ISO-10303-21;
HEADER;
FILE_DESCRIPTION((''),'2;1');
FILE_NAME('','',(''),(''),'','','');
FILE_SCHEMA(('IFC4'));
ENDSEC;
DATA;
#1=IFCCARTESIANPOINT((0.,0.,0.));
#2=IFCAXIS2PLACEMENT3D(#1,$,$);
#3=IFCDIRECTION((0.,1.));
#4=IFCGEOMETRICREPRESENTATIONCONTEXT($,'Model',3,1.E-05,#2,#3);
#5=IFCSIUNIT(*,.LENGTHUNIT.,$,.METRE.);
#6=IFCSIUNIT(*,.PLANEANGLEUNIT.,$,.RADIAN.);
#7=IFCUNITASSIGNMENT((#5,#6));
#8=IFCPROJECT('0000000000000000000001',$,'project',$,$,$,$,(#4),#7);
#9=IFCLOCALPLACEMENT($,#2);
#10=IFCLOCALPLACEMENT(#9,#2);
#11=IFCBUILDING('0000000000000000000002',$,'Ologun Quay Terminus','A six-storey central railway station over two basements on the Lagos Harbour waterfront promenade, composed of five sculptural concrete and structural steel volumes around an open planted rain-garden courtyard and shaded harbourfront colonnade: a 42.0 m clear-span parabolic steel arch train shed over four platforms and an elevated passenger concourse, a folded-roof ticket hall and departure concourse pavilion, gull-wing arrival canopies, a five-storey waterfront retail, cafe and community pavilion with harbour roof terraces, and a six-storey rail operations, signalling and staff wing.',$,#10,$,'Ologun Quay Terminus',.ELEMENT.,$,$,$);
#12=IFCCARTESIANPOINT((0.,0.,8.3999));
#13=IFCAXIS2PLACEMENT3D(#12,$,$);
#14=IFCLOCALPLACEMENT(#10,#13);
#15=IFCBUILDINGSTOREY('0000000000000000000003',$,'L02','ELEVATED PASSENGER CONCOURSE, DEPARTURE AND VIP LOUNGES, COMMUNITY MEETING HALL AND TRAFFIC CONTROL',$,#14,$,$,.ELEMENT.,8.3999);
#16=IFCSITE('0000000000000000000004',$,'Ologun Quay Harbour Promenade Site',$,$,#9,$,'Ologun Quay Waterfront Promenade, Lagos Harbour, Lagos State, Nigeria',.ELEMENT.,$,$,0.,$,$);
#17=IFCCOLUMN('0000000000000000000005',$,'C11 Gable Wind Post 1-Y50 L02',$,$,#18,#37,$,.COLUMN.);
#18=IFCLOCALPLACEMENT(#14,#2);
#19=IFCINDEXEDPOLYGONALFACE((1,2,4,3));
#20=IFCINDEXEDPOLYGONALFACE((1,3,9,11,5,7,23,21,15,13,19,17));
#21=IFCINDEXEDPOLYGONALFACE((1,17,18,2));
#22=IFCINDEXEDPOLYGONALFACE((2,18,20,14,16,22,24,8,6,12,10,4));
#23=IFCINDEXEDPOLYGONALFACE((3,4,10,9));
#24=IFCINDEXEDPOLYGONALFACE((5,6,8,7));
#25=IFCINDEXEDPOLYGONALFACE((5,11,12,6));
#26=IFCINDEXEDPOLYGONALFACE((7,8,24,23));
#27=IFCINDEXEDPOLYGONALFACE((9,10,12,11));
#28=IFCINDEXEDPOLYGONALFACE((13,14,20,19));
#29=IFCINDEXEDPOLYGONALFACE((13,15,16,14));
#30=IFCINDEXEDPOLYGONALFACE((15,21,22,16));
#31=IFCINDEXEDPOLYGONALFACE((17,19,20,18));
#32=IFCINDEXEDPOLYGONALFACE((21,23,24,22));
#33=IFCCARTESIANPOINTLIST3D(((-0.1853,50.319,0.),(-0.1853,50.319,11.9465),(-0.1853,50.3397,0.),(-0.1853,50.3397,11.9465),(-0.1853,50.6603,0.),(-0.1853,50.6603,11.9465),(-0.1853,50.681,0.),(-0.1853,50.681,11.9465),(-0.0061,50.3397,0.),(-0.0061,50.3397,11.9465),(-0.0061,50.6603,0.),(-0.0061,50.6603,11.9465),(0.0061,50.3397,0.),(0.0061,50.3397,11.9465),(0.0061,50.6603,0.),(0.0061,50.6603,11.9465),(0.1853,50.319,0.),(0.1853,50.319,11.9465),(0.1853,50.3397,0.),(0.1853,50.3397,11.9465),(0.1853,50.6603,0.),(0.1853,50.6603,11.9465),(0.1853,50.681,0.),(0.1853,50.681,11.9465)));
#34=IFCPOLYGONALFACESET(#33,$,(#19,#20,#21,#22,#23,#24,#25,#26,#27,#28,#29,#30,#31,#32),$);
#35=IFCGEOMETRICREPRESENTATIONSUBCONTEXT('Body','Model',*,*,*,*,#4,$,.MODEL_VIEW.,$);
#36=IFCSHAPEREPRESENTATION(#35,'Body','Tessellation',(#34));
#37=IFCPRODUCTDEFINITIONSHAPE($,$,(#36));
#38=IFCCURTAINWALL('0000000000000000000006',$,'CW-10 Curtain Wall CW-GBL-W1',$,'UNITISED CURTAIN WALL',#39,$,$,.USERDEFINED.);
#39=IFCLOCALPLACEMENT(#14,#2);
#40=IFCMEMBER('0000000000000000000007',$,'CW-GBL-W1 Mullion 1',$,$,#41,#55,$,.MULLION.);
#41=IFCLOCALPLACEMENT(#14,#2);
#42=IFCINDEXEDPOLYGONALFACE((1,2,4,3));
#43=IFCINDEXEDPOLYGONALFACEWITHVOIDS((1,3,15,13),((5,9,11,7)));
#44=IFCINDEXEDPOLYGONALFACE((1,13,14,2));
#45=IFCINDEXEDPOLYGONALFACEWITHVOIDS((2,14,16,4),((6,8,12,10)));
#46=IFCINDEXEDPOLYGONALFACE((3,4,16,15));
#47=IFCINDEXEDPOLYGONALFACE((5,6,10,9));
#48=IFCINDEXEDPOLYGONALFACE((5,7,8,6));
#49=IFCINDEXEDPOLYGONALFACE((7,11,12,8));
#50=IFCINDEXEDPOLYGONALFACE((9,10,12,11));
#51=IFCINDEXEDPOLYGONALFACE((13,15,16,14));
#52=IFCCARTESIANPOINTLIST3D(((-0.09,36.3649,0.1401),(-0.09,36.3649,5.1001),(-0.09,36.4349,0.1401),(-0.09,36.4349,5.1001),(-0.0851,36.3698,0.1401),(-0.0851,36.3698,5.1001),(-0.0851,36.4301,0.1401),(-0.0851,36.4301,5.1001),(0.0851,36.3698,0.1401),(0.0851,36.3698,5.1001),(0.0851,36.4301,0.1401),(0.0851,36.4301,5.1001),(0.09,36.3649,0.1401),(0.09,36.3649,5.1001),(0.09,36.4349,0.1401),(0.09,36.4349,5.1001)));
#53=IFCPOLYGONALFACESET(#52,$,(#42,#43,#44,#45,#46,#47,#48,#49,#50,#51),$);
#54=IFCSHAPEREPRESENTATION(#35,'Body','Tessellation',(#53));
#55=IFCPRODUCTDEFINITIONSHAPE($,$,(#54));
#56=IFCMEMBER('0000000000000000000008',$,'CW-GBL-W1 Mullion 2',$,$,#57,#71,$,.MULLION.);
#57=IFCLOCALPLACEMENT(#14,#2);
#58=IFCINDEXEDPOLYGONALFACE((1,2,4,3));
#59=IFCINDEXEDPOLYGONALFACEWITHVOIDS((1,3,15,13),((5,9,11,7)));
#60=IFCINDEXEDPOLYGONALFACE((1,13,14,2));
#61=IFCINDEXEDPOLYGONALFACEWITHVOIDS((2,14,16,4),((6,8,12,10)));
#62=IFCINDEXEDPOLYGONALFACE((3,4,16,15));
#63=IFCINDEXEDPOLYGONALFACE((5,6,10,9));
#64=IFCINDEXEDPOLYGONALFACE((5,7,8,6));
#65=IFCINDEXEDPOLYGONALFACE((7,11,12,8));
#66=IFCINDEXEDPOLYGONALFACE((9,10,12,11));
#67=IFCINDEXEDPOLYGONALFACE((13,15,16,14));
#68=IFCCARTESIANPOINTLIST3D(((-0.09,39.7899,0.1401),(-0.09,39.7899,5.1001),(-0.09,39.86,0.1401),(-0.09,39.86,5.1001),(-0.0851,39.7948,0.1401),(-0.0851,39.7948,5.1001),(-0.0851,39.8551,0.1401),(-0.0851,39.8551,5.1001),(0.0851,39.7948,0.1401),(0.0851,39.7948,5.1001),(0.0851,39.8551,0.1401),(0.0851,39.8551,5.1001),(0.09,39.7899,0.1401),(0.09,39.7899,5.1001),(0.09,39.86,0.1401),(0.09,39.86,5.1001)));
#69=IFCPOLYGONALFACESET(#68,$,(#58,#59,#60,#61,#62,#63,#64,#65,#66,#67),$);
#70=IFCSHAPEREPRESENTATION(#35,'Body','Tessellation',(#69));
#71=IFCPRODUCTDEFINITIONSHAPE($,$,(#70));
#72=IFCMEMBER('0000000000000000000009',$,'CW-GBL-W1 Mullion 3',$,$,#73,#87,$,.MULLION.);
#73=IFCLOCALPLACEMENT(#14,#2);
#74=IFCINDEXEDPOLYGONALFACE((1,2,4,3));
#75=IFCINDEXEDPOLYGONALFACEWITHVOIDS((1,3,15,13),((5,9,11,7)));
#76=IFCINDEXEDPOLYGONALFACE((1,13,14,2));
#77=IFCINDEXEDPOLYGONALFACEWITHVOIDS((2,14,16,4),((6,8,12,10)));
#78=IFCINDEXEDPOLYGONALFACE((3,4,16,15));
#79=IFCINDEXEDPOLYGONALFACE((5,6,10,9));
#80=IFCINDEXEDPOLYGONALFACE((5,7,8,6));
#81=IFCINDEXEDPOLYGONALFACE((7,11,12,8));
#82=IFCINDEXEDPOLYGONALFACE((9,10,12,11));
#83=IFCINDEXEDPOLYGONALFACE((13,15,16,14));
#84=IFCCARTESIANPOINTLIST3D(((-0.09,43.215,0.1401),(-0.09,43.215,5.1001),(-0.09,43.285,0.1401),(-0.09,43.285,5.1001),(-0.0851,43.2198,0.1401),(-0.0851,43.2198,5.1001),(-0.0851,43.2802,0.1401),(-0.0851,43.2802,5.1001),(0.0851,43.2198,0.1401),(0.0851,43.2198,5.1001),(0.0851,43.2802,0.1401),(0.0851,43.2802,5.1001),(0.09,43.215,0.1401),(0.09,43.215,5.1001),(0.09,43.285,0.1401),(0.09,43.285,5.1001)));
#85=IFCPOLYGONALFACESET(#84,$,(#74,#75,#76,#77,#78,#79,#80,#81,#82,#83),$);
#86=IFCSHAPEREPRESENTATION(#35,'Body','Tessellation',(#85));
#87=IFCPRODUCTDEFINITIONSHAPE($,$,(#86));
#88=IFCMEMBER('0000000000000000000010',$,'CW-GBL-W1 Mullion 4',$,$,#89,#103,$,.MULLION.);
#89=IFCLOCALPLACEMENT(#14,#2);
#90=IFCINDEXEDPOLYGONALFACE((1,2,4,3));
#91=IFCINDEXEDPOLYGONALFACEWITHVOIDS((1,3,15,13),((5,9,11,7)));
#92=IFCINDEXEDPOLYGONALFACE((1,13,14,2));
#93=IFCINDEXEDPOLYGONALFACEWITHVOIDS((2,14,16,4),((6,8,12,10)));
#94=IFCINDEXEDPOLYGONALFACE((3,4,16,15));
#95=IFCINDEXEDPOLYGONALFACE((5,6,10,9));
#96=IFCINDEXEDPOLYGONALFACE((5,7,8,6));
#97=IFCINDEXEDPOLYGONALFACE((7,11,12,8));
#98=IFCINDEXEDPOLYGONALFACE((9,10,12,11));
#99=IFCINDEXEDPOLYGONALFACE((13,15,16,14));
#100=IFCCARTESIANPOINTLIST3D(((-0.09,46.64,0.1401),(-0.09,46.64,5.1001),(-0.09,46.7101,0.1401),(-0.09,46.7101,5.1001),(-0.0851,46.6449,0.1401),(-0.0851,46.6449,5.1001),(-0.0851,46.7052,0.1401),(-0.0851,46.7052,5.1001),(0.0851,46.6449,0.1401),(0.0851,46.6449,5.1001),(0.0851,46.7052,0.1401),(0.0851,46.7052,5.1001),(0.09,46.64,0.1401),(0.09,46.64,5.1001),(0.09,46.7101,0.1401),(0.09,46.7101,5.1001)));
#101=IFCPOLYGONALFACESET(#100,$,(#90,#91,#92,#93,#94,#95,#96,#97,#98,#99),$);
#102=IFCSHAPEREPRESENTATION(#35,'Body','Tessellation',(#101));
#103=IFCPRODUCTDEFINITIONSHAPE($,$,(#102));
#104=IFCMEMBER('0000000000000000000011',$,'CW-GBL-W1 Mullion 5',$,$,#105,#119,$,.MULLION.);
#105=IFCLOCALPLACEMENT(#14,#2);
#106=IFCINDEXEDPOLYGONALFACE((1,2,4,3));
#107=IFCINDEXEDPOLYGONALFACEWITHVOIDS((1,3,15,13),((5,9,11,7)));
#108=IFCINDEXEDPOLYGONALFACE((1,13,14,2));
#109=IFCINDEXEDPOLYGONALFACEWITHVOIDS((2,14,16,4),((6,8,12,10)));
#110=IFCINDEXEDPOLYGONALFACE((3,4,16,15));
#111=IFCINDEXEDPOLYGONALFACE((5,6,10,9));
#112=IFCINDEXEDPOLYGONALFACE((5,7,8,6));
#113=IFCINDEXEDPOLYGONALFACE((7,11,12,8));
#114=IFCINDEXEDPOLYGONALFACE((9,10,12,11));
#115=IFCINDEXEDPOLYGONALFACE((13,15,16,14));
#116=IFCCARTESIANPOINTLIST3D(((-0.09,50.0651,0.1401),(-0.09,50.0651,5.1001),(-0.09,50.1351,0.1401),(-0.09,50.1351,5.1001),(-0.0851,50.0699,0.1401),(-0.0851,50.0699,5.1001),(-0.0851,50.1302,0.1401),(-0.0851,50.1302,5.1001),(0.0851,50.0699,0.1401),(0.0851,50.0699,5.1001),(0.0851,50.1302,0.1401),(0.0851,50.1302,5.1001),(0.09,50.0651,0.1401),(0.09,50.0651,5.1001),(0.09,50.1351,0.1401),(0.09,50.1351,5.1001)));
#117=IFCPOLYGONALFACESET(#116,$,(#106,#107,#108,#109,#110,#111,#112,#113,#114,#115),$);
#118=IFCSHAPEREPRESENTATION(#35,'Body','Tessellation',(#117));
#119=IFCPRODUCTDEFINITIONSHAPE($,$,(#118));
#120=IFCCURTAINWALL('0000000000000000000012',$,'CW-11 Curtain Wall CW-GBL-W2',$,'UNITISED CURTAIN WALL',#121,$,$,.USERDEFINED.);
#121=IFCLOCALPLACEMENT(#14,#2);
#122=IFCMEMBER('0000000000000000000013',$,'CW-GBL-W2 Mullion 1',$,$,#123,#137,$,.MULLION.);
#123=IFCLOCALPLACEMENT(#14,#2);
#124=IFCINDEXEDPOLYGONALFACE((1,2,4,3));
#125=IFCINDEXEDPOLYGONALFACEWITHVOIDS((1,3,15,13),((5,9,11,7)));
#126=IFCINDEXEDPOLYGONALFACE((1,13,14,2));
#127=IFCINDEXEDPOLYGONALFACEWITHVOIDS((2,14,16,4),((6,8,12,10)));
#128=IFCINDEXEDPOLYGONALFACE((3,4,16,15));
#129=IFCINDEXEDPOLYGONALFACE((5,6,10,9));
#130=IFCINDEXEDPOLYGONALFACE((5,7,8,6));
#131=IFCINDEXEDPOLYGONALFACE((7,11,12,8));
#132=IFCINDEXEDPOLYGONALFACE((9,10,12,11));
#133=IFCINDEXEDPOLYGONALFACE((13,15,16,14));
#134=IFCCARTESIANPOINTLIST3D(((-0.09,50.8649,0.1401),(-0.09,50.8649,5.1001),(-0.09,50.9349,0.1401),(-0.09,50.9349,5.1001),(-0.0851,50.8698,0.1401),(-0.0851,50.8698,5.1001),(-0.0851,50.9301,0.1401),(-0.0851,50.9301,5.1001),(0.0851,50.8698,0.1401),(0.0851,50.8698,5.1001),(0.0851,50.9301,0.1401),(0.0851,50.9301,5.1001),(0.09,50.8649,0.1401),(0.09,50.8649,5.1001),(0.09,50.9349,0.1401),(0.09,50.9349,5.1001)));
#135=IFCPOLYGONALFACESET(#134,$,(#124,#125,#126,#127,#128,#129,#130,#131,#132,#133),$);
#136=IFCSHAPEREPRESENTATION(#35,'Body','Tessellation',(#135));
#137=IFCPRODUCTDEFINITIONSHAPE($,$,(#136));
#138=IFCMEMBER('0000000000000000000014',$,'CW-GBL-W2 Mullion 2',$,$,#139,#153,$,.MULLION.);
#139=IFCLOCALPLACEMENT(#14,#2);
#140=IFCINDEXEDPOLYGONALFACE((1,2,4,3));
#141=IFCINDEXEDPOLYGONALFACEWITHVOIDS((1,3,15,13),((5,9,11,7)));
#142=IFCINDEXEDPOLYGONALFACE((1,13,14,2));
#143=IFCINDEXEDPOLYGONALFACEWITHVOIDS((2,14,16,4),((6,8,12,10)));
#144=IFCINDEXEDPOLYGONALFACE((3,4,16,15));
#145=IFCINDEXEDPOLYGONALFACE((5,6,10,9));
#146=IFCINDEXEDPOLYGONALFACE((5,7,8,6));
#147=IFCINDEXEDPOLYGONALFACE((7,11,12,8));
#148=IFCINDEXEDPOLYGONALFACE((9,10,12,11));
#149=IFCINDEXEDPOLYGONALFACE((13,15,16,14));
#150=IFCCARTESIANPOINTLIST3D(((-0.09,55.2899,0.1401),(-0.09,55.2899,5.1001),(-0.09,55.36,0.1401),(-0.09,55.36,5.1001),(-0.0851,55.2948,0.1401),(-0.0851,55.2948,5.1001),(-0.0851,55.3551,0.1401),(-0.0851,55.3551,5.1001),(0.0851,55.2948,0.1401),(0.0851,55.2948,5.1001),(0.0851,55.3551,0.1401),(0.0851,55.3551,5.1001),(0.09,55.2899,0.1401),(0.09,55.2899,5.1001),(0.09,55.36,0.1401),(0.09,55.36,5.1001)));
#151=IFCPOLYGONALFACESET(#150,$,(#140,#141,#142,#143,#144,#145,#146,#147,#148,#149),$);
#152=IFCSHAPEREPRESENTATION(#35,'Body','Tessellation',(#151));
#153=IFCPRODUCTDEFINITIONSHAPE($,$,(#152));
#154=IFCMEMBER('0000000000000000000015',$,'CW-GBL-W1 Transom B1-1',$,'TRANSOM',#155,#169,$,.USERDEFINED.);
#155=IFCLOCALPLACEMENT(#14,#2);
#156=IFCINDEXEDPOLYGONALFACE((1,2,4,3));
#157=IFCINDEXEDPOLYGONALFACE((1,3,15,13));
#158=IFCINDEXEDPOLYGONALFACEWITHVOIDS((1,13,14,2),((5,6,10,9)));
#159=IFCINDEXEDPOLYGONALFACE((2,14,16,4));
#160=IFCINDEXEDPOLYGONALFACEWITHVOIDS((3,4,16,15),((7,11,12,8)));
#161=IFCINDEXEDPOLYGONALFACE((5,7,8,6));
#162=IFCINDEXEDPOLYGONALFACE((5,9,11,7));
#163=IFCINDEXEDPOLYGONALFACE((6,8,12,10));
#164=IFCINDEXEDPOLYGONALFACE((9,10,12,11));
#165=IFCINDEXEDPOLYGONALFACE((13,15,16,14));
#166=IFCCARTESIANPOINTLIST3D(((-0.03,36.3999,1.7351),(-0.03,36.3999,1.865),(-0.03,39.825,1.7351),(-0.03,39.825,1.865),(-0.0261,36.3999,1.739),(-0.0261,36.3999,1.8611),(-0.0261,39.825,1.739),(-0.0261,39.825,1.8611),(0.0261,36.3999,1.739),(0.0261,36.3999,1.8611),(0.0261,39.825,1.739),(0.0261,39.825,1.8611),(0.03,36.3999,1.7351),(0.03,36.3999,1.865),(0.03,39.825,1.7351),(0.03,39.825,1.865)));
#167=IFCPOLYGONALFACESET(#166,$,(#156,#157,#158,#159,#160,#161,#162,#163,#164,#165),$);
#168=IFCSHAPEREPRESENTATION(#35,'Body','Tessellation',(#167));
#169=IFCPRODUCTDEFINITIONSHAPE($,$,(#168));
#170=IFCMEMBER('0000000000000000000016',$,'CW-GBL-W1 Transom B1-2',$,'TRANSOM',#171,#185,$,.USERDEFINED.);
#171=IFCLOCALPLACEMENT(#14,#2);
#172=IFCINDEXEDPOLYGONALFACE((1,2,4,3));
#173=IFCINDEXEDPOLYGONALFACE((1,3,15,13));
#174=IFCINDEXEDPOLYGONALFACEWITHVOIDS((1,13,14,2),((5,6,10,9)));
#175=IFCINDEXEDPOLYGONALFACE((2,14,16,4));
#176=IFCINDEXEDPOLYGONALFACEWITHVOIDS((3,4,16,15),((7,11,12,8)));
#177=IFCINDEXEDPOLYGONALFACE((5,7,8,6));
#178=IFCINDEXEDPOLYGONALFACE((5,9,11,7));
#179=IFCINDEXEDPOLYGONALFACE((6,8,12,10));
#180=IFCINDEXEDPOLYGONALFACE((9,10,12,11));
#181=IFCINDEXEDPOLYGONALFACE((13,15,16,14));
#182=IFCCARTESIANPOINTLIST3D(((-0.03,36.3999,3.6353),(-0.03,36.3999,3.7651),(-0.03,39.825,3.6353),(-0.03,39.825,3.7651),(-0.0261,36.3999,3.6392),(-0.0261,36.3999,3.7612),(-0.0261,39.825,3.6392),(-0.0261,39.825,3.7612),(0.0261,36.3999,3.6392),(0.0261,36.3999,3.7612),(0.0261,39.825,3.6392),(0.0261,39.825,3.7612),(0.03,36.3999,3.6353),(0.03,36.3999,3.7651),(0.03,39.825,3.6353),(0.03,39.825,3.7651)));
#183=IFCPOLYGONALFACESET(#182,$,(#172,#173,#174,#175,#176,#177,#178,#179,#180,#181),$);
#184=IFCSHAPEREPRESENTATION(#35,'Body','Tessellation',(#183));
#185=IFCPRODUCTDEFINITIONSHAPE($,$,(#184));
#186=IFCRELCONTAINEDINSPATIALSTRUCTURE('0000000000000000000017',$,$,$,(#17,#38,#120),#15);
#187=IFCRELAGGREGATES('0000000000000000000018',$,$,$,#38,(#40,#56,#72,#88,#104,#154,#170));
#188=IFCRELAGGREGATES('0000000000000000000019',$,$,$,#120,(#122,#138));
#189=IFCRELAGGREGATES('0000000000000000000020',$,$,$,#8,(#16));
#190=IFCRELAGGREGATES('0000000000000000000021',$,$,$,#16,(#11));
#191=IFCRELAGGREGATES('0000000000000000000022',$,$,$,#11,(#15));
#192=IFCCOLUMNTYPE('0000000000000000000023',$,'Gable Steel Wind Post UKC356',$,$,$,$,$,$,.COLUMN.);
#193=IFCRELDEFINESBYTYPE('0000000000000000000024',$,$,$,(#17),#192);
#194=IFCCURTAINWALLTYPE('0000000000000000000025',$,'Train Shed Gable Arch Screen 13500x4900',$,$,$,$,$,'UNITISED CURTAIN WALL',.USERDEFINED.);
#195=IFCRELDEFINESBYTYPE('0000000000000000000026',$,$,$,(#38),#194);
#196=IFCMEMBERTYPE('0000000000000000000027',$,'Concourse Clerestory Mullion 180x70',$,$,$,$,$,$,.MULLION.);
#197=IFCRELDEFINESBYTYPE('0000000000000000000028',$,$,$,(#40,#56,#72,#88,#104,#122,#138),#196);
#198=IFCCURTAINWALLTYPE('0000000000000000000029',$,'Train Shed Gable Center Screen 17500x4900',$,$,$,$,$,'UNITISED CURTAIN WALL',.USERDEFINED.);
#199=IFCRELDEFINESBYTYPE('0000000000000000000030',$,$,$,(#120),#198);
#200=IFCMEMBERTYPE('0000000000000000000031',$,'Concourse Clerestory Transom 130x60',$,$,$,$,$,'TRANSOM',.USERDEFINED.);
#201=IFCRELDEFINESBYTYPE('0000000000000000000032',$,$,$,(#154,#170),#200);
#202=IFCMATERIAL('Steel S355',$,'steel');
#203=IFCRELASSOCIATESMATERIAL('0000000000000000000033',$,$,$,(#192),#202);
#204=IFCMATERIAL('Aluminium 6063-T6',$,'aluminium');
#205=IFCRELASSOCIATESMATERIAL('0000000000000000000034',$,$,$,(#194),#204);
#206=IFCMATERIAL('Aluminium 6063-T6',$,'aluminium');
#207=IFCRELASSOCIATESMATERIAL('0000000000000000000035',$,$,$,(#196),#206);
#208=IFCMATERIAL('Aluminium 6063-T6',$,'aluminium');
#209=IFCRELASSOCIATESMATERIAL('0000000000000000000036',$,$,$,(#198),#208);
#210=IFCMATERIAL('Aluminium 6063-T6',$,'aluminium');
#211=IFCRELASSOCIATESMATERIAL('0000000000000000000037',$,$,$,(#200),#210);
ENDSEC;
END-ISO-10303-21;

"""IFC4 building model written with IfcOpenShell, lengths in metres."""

from ifc_helpers import new_model, si_unit, direction, frame, origin, origin_2d, place, context, subcontext, project, spatial, hollow_rectangle, i_section, extrude, material, material_profile, profile_set, type_object, element, aggregate, save


model = new_model("IFC4")

# Units and contexts
model_context = context("Model", 3, precision=1e-05, world=origin(), true_north=direction((0.0, 1.0)))
body_context = subcontext(model_context, "Body", "Model", "MODEL_VIEW")
ifc_project = project(units=[si_unit("LENGTHUNIT", "METRE"), si_unit("PLANEANGLEUNIT", "RADIAN")], contexts=[model_context])

# Site, building, storey
site_placement = place(None, origin())
site = spatial("IfcSite", under=ifc_project, at=site_placement, Name="Ologun Quay Harbour Promenade Site", LongName="Ologun Quay Waterfront Promenade, Lagos Harbour, Lagos State, Nigeria", CompositionType="ELEMENT", RefElevation=0.0)
building_placement = place(site_placement, origin())
building = spatial("IfcBuilding", under=site, at=building_placement, Name="Ologun Quay Terminus", Description="A six-storey central railway station over two basements on the Lagos Harbour waterfront promenade, composed of five sculptural concrete and structural steel volumes around an open planted rain-garden courtyard and shaded harbourfront colonnade: a 42.0 m clear-span parabolic steel arch train shed over four platforms and an elevated passenger concourse, a folded-roof ticket hall and departure concourse pavilion, gull-wing arrival canopies, a five-storey waterfront retail, cafe and community pavilion with harbour roof terraces, and a six-storey rail operations, signalling and staff wing.", LongName="Ologun Quay Terminus", CompositionType="ELEMENT")
storey_placement = place(building_placement, frame((0.0, 0.0, 8.3999)))
storey = spatial("IfcBuildingStorey", under=building, at=storey_placement, Name="L02", Description="ELEVATED PASSENGER CONCOURSE, DEPARTURE AND VIP LOUNGES, COMMUNITY MEETING HALL AND TRAFFIC CONTROL", CompositionType="ELEMENT", Elevation=8.3999)

# Column
ifc_material_1 = material(Name="Steel S355", Category="steel")
ifc_material_profile_1 = material_profile(ifc_material_1, i_section(OverallWidth=0.3706, OverallDepth=0.3621, WebThickness=0.0122, FlangeThickness=0.0208, at=origin_2d()), Name="UKC 356x368x153")
ifc_profile_set_1 = profile_set([ifc_material_profile_1], Name="Steel S355")
column_type = type_object("IfcColumnType", Name="Gable Steel Wind Post UKC356", PredefinedType="COLUMN", material=ifc_profile_set_1)
column_placement = place(storey_placement, frame((0.0, 50.5, 0.0), z_axis=(0.0, 0.0, 1.0), x_axis=(1.0, 0.0, 0.0)))
element("IfcColumn", 1, at=column_placement, inside=storey, type_object=column_type, Name="C11 Gable Wind Post 1-Y50 L02", PredefinedType="COLUMN", context=body_context, shape_type="SweptSolid", body=[
    extrude(i_section(OverallWidth=0.3706, OverallDepth=0.3621, WebThickness=0.0122, FlangeThickness=0.0208, at=origin_2d()), origin(), (0.0, 0.0, 1.0), 11.9465),
])

# Curtain walls, members
ifc_material_2 = material(Name="Aluminium 6063-T6", Category="aluminium")
curtain_wall_type_1 = type_object("IfcCurtainWallType", Name="Train Shed Gable Arch Screen 13500x4900", ElementType="UNITISED CURTAIN WALL", PredefinedType="USERDEFINED", material=ifc_material_2)
curtain_wall_1_placement = place(storey_placement, origin())
curtain_wall_1 = element("IfcCurtainWall", 2, at=curtain_wall_1_placement, inside=storey, type_object=curtain_wall_type_1, Name="CW-10 Curtain Wall CW-GBL-W1", ObjectType="UNITISED CURTAIN WALL", PredefinedType="USERDEFINED")
ifc_material_3 = material(Name="Aluminium 6063-T6", Category="aluminium")
ifc_material_profile_2 = material_profile(ifc_material_3, hollow_rectangle(XDim=0.0701, YDim=0.1799, WallThickness=0.0049, at=origin_2d()), Name="ALU 180x70x5")
ifc_profile_set_2 = profile_set([ifc_material_profile_2], Name="Aluminium 6063-T6")
member_type_1 = type_object("IfcMemberType", Name="Concourse Clerestory Mullion 180x70", PredefinedType="MULLION", material=ifc_profile_set_2)
member_1_placement = place(storey_placement, frame((0.0, 36.3999, 0.1401), z_axis=(0.0, 0.0, 1.0), x_axis=(0.0, 1.0, 0.0)))
member_1 = element("IfcMember", 3, at=member_1_placement, type_object=member_type_1, Name="CW-GBL-W1 Mullion 1", PredefinedType="MULLION", context=body_context, shape_type="SweptSolid", body=[
    extrude(hollow_rectangle(XDim=0.0701, YDim=0.1799, WallThickness=0.0049, at=origin_2d()), origin(), (0.0, 0.0, 1.0), 4.96),
])
member_2_placement = place(storey_placement, frame((0.0, 39.825, 0.1401), z_axis=(0.0, 0.0, 1.0), x_axis=(0.0, 1.0, 0.0)))
member_2 = element("IfcMember", 4, at=member_2_placement, type_object=member_type_1, Name="CW-GBL-W1 Mullion 2", PredefinedType="MULLION", context=body_context, shape_type="SweptSolid", body=[
    extrude(hollow_rectangle(XDim=0.0701, YDim=0.1799, WallThickness=0.0049, at=origin_2d()), origin(), (0.0, 0.0, 1.0), 4.96),
])
member_3_placement = place(storey_placement, frame((0.0, 43.25, 0.1401), z_axis=(0.0, 0.0, 1.0), x_axis=(0.0, 1.0, 0.0)))
member_3 = element("IfcMember", 5, at=member_3_placement, type_object=member_type_1, Name="CW-GBL-W1 Mullion 3", PredefinedType="MULLION", context=body_context, shape_type="SweptSolid", body=[
    extrude(hollow_rectangle(XDim=0.0701, YDim=0.1799, WallThickness=0.0049, at=origin_2d()), origin(), (0.0, 0.0, 1.0), 4.96),
])
member_4_placement = place(storey_placement, frame((0.0, 46.675, 0.1401), z_axis=(0.0, 0.0, 1.0), x_axis=(0.0, 1.0, 0.0)))
member_4 = element("IfcMember", 6, at=member_4_placement, type_object=member_type_1, Name="CW-GBL-W1 Mullion 4", PredefinedType="MULLION", context=body_context, shape_type="SweptSolid", body=[
    extrude(hollow_rectangle(XDim=0.0701, YDim=0.1799, WallThickness=0.0049, at=origin_2d()), origin(), (0.0, 0.0, 1.0), 4.96),
])
member_5_placement = place(storey_placement, frame((0.0, 50.1001, 0.1401), z_axis=(0.0, 0.0, 1.0), x_axis=(0.0, 1.0, 0.0)))
member_5 = element("IfcMember", 7, at=member_5_placement, type_object=member_type_1, Name="CW-GBL-W1 Mullion 5", PredefinedType="MULLION", context=body_context, shape_type="SweptSolid", body=[
    extrude(hollow_rectangle(XDim=0.0701, YDim=0.1799, WallThickness=0.0049, at=origin_2d()), origin(), (0.0, 0.0, 1.0), 4.96),
])
ifc_material_4 = material(Name="Aluminium 6063-T6", Category="aluminium")
curtain_wall_type_2 = type_object("IfcCurtainWallType", Name="Train Shed Gable Center Screen 17500x4900", ElementType="UNITISED CURTAIN WALL", PredefinedType="USERDEFINED", material=ifc_material_4)
curtain_wall_2_placement = place(storey_placement, origin())
curtain_wall_2 = element("IfcCurtainWall", 8, at=curtain_wall_2_placement, inside=storey, type_object=curtain_wall_type_2, Name="CW-11 Curtain Wall CW-GBL-W2", ObjectType="UNITISED CURTAIN WALL", PredefinedType="USERDEFINED")
member_6_placement = place(storey_placement, frame((0.0, 50.8999, 0.1401), z_axis=(0.0, 0.0, 1.0), x_axis=(0.0, 1.0, 0.0)))
member_6 = element("IfcMember", 9, at=member_6_placement, type_object=member_type_1, Name="CW-GBL-W2 Mullion 1", PredefinedType="MULLION", context=body_context, shape_type="SweptSolid", body=[
    extrude(hollow_rectangle(XDim=0.0701, YDim=0.1799, WallThickness=0.0049, at=origin_2d()), origin(), (0.0, 0.0, 1.0), 4.96),
])
member_7_placement = place(storey_placement, frame((0.0, 55.325, 0.1401), z_axis=(0.0, 0.0, 1.0), x_axis=(0.0, 1.0, 0.0)))
member_7 = element("IfcMember", 10, at=member_7_placement, type_object=member_type_1, Name="CW-GBL-W2 Mullion 2", PredefinedType="MULLION", context=body_context, shape_type="SweptSolid", body=[
    extrude(hollow_rectangle(XDim=0.0701, YDim=0.1799, WallThickness=0.0049, at=origin_2d()), origin(), (0.0, 0.0, 1.0), 4.96),
])

# Members
ifc_material_5 = material(Name="Aluminium 6063-T6", Category="aluminium")
ifc_material_profile_3 = material_profile(ifc_material_5, hollow_rectangle(XDim=0.0601, YDim=0.1299, WallThickness=0.0039, at=origin_2d()), Name="ALU 130x60x4")
ifc_profile_set_3 = profile_set([ifc_material_profile_3], Name="Aluminium 6063-T6")
member_type_2 = type_object("IfcMemberType", Name="Concourse Clerestory Transom 130x60", ElementType="TRANSOM", PredefinedType="USERDEFINED", material=ifc_profile_set_3)
member_8_placement = place(storey_placement, frame((0.0, 36.3999, 1.8), z_axis=(0.0, 1.0, 0.0), x_axis=(-1.0, 0.0, 0.0)))
member_8 = element("IfcMember", 11, at=member_8_placement, type_object=member_type_2, Name="CW-GBL-W1 Transom B1-1", ObjectType="TRANSOM", PredefinedType="USERDEFINED", context=body_context, shape_type="SweptSolid", body=[
    extrude(hollow_rectangle(XDim=0.0601, YDim=0.1299, WallThickness=0.0039, at=origin_2d()), origin(), (0.0, 0.0, 1.0), 3.425),
])
member_9_placement = place(storey_placement, frame((0.0, 36.3999, 3.7002), z_axis=(0.0, 1.0, 0.0), x_axis=(-1.0, 0.0, 0.0)))
member_9 = element("IfcMember", 12, at=member_9_placement, type_object=member_type_2, Name="CW-GBL-W1 Transom B1-2", ObjectType="TRANSOM", PredefinedType="USERDEFINED", context=body_context, shape_type="SweptSolid", body=[
    extrude(hollow_rectangle(XDim=0.0601, YDim=0.1299, WallThickness=0.0039, at=origin_2d()), origin(), (0.0, 0.0, 1.0), 3.425),
])

aggregate(curtain_wall_1, [member_1, member_2, member_3, member_4, member_5, member_8, member_9])
aggregate(curtain_wall_2, [member_6, member_7])

save(model, "model.ifc")
